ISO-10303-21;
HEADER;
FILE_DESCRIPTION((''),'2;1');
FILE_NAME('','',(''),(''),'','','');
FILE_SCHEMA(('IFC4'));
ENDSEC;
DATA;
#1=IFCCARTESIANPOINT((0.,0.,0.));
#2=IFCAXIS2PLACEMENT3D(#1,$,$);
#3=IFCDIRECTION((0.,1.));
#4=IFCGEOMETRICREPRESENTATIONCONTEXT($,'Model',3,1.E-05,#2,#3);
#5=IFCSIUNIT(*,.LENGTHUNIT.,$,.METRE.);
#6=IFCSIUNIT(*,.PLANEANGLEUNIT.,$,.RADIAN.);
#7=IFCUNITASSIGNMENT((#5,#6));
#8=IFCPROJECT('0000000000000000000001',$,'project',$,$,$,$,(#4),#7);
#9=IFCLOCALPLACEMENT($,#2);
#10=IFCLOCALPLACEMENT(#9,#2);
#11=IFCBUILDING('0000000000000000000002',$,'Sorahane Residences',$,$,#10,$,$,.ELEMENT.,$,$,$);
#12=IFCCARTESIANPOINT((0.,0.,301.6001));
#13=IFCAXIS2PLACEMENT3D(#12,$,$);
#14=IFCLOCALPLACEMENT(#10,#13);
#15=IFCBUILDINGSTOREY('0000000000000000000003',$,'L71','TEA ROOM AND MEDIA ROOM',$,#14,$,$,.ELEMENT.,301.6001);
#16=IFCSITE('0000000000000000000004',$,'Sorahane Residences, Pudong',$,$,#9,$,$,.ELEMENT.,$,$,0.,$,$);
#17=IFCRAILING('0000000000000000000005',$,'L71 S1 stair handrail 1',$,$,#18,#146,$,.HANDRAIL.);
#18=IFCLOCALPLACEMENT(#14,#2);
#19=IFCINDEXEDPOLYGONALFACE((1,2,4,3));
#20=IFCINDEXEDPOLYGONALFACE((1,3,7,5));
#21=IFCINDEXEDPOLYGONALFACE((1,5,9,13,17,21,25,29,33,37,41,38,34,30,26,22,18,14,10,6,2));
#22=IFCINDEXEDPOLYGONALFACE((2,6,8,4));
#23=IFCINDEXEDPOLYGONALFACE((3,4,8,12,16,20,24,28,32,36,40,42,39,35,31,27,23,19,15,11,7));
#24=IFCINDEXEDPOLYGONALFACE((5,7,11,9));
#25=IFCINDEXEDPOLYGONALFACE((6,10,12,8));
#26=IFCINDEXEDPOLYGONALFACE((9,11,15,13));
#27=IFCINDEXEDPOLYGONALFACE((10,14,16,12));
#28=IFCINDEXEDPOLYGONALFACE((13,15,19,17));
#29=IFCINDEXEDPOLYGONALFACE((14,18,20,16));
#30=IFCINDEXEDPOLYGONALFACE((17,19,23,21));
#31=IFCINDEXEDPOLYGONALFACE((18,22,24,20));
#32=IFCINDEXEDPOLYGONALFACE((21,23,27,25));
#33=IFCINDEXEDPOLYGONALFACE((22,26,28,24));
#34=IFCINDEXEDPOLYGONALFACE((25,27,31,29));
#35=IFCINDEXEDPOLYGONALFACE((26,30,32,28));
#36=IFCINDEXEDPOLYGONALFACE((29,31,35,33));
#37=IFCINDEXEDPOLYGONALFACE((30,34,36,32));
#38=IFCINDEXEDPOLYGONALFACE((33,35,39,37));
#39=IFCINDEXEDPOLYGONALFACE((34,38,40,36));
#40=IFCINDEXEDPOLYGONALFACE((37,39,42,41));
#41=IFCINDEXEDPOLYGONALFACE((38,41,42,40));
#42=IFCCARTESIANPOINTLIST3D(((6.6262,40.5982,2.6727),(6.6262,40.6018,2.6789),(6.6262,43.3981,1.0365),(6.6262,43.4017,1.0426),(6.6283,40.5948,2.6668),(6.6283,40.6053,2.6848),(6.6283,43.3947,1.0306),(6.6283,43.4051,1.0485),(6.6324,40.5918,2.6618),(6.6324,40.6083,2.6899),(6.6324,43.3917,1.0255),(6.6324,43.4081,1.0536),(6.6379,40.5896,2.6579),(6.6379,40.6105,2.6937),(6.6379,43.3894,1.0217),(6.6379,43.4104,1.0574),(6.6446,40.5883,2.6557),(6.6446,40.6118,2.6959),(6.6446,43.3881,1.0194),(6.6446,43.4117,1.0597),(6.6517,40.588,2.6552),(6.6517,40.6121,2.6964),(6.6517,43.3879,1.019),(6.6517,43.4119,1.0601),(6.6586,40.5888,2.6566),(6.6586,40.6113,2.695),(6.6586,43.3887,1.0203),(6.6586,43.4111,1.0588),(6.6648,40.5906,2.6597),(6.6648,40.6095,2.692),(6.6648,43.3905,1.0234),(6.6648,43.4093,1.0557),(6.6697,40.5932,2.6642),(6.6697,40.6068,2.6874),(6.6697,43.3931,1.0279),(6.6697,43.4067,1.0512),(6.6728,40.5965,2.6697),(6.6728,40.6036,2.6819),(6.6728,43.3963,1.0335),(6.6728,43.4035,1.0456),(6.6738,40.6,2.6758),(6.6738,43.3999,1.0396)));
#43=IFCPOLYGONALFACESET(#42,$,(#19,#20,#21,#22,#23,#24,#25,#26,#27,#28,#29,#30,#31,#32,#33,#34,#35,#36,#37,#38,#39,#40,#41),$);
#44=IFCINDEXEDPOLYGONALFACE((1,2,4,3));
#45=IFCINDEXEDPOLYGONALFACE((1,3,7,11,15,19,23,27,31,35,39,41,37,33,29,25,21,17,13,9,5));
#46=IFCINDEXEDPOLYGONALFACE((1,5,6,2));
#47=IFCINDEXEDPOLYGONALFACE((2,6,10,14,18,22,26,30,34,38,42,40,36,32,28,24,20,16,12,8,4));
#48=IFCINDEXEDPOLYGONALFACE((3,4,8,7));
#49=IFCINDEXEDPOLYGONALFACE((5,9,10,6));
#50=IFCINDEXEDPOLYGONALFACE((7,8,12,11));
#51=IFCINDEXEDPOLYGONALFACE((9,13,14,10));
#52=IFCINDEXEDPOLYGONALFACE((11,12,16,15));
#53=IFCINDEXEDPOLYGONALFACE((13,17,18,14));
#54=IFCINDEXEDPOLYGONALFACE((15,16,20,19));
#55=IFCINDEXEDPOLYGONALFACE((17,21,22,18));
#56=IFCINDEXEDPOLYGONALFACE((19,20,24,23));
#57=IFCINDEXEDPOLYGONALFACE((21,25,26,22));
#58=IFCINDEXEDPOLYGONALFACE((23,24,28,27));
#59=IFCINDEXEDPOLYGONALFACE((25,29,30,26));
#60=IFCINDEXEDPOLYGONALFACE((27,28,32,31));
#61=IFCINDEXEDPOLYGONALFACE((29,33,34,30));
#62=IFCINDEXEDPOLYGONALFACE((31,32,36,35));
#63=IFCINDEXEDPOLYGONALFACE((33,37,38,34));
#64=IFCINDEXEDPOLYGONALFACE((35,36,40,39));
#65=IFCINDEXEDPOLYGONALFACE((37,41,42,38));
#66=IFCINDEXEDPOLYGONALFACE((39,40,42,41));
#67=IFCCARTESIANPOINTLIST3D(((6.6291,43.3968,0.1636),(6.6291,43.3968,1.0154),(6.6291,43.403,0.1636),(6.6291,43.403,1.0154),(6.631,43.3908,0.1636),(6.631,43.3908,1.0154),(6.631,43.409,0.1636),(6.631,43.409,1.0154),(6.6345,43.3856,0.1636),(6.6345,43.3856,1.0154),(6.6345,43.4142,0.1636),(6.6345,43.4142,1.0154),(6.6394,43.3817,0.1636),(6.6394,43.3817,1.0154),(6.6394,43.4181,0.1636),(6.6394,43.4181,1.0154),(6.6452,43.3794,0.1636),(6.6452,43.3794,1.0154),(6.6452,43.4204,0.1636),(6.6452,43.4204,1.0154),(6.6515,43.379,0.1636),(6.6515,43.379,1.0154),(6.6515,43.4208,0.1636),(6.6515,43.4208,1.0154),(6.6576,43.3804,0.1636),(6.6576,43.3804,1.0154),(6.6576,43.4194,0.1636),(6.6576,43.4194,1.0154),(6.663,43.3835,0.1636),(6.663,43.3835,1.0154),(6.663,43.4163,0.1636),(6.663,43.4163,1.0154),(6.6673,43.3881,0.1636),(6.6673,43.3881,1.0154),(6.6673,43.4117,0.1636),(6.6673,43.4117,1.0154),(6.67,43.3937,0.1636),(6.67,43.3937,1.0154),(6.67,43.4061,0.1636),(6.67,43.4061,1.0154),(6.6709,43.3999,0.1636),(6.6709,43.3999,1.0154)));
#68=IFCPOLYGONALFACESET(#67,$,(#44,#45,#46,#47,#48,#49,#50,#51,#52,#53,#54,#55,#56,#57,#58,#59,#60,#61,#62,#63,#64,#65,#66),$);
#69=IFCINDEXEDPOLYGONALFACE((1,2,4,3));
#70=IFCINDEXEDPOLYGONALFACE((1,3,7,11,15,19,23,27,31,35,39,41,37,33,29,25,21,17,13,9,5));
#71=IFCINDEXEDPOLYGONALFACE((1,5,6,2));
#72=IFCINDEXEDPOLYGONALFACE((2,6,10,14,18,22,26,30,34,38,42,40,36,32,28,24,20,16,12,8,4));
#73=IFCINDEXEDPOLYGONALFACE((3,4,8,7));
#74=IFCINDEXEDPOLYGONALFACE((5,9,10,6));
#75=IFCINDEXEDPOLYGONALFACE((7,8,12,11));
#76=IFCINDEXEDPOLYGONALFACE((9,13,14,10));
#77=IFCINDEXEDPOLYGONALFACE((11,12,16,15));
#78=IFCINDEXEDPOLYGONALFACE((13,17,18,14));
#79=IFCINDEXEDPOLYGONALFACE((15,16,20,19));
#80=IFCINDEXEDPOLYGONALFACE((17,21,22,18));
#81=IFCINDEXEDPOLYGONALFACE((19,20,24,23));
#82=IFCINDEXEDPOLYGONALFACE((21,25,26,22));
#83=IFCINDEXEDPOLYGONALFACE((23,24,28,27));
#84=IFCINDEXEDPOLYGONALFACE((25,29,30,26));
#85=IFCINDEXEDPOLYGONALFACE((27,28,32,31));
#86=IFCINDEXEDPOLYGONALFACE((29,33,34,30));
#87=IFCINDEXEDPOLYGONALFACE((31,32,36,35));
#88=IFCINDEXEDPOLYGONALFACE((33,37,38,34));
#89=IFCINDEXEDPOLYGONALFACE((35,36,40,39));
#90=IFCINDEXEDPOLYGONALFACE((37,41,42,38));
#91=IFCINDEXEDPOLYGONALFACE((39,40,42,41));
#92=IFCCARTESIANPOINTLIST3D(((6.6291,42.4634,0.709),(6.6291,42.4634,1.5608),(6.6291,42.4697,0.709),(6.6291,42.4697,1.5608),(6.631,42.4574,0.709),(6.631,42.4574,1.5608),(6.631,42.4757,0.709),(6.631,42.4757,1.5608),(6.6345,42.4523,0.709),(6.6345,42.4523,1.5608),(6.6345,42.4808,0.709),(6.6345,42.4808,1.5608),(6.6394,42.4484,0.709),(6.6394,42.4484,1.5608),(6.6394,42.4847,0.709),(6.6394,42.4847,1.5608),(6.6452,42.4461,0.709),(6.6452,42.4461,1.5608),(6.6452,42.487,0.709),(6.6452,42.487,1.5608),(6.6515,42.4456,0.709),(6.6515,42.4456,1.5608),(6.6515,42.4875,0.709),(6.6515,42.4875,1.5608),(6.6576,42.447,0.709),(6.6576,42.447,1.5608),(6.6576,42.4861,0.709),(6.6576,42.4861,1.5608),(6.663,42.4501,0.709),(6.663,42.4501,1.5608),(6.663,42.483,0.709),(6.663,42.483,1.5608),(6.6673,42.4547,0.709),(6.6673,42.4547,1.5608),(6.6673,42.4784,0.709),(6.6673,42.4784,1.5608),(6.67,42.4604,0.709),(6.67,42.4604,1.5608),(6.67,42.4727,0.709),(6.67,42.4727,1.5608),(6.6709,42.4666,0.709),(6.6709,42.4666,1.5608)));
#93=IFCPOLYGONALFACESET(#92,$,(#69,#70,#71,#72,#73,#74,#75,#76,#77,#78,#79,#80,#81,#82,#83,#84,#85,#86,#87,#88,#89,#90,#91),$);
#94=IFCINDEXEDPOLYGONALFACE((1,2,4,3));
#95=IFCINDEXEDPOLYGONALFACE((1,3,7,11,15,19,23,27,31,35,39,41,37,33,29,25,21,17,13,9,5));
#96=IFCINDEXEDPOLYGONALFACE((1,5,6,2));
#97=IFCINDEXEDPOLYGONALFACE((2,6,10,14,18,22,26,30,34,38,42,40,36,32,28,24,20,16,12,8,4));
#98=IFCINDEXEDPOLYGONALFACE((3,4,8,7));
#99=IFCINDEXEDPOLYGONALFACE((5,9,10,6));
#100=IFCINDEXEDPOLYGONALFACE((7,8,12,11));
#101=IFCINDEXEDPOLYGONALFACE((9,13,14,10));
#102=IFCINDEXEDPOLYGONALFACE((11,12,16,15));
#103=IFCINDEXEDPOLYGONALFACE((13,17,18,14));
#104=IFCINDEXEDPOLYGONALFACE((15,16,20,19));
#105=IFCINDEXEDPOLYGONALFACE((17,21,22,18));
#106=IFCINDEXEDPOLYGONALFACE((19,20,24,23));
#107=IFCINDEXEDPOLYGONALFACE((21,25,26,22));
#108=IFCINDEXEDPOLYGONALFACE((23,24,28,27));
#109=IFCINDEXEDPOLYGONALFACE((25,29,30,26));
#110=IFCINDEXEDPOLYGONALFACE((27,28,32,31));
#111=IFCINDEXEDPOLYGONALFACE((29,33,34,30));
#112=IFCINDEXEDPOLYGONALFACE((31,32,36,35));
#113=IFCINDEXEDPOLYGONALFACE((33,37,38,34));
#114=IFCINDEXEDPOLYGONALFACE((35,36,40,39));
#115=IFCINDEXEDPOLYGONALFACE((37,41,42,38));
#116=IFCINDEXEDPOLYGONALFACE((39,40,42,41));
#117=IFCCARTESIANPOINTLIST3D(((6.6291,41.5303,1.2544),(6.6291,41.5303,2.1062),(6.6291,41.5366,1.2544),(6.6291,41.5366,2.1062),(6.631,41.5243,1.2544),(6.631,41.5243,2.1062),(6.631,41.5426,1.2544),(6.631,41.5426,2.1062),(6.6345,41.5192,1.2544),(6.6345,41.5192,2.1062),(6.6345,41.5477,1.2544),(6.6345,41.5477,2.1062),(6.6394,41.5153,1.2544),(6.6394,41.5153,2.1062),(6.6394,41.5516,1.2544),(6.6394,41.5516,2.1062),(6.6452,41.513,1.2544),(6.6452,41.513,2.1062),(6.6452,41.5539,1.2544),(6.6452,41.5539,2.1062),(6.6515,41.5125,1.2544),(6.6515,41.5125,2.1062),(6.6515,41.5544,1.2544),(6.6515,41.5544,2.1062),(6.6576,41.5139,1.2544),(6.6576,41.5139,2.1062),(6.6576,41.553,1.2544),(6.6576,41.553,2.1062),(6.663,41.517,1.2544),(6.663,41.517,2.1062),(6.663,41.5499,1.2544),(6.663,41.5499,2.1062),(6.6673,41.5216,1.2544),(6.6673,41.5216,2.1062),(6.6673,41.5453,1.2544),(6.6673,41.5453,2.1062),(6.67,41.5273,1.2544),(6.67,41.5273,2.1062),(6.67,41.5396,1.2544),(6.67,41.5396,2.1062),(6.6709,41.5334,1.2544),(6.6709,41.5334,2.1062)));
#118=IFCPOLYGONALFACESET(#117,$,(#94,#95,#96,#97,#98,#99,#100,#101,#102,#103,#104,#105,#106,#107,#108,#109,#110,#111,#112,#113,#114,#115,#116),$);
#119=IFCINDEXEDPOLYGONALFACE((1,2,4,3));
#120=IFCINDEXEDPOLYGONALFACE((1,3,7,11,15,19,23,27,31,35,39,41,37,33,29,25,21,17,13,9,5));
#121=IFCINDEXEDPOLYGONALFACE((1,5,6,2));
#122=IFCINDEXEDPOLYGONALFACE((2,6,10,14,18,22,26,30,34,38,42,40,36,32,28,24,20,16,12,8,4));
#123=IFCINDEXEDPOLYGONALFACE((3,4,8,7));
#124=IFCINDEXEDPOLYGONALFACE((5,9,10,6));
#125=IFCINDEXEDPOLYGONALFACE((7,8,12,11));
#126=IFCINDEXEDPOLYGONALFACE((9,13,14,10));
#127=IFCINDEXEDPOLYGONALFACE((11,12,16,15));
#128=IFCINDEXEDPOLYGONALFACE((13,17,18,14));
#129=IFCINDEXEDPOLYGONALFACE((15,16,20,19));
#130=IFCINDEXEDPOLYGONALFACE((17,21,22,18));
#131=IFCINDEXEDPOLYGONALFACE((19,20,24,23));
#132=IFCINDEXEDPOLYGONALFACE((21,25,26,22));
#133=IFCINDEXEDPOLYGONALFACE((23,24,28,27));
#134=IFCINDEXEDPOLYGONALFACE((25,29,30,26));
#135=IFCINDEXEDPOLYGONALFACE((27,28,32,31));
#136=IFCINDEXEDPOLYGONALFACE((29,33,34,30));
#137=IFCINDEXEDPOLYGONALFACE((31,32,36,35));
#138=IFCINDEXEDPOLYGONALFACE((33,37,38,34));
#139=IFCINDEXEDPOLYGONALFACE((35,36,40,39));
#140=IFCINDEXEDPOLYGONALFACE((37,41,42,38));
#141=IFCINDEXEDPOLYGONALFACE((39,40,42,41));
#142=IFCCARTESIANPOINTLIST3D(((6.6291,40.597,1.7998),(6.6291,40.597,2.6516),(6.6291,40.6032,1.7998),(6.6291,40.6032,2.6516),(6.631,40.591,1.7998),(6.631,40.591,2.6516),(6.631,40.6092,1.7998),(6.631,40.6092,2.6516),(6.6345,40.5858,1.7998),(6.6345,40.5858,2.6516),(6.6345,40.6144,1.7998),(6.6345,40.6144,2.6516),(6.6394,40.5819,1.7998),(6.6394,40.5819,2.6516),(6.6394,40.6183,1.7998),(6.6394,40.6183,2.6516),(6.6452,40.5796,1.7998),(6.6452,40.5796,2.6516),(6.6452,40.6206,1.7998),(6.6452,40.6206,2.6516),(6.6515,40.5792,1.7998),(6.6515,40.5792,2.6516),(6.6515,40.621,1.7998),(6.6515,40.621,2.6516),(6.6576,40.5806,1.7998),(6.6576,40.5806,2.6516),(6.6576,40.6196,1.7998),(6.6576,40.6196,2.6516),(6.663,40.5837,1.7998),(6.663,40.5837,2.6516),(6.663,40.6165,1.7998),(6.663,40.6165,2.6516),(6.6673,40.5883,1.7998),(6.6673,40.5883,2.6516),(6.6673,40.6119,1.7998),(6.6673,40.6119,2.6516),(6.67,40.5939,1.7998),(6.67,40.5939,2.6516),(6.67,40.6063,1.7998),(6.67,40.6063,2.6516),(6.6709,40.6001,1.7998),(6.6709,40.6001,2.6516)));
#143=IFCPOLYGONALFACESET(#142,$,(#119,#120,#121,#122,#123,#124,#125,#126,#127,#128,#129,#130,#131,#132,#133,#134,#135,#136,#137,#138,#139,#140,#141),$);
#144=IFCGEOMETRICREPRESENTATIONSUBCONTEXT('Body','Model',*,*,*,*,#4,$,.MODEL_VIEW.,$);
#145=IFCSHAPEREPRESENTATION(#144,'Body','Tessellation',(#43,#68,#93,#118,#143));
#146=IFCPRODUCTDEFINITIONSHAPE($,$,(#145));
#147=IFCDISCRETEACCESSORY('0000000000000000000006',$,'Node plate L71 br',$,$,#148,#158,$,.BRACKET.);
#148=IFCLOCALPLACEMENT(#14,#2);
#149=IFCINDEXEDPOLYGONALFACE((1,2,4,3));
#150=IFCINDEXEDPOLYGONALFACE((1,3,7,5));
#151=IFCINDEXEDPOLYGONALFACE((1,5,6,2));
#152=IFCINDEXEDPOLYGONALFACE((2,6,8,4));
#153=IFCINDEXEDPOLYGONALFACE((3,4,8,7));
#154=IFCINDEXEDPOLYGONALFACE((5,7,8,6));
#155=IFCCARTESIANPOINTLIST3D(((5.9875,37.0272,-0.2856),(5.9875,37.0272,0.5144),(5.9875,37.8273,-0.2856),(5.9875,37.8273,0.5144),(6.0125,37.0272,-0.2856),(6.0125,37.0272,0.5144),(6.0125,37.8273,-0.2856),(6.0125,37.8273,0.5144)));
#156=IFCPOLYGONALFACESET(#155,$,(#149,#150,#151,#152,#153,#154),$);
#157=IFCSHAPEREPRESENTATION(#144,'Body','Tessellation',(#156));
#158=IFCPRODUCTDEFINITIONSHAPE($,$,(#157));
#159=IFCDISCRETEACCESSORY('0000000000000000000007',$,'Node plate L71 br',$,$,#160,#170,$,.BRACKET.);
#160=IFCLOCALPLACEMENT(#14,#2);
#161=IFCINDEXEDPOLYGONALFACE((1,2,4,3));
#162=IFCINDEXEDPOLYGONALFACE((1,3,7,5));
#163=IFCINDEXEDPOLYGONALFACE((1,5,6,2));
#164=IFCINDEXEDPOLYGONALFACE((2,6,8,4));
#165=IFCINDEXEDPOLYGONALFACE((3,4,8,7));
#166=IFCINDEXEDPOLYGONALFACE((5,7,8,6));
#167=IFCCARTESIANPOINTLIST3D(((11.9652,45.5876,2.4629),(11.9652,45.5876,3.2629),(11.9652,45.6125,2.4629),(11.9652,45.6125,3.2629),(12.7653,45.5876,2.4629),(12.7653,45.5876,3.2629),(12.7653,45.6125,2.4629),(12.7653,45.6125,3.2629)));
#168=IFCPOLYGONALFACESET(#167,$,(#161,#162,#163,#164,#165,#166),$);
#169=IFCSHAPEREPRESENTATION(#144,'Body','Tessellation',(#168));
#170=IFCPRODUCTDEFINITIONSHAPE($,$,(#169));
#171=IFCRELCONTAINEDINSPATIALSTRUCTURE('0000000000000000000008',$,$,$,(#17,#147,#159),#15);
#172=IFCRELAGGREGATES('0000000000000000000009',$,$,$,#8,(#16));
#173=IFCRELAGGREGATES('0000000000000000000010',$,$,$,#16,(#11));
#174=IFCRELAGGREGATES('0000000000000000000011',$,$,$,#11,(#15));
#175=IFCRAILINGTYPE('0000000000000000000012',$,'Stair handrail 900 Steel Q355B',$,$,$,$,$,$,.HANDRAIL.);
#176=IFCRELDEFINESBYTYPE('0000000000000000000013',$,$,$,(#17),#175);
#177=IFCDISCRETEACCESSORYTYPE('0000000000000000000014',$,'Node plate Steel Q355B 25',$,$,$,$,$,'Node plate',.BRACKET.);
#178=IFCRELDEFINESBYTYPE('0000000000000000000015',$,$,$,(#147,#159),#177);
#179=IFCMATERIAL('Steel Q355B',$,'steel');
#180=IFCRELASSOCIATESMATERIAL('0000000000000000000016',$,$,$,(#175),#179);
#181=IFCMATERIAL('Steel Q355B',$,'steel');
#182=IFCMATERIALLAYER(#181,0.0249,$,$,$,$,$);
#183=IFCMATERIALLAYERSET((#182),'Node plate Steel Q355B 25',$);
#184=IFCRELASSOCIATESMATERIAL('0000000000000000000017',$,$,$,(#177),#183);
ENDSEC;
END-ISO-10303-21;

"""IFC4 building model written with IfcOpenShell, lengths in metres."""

from ifc_helpers import new_model, si_unit, direction, frame, origin, origin_2d, place, context, subcontext, project, spatial, rectangle, circle, extrude, material, layer, layer_set, type_object, element, save


model = new_model("IFC4")

# Units and contexts
model_context = context("Model", 3, precision=1e-05, world=origin(), true_north=direction((0.0, 1.0)))
body_context = subcontext(model_context, "Body", "Model", "MODEL_VIEW")
ifc_project = project(units=[si_unit("LENGTHUNIT", "METRE"), si_unit("PLANEANGLEUNIT", "RADIAN")], contexts=[model_context])

# Site, building, storey
site_placement = place(None, origin())
site = spatial("IfcSite", under=ifc_project, at=site_placement, Name="Sorahane Residences, Pudong", CompositionType="ELEMENT", RefElevation=0.0)
building_placement = place(site_placement, origin())
building = spatial("IfcBuilding", under=site, at=building_placement, Name="Sorahane Residences", CompositionType="ELEMENT")
storey_placement = place(building_placement, frame((0.0, 0.0, 301.6001)))
storey = spatial("IfcBuildingStorey", under=building, at=storey_placement, Name="L71", Description="TEA ROOM AND MEDIA ROOM", CompositionType="ELEMENT", Elevation=301.6001)

# Railing
ifc_material_1 = material(Name="Steel Q355B", Category="steel")
railing_type_1 = type_object("IfcRailingType", Name="Stair handrail 900 Steel Q355B", PredefinedType="HANDRAIL", material=ifc_material_1)
railing_1_placement = place(storey_placement, frame((6.6499, 43.3999, 0.1636)))
element("IfcRailing", 1, at=railing_1_placement, inside=storey, type_object=railing_type_1, Name="L71 S1 stair handrail 1", PredefinedType="HANDRAIL", context=body_context, shape_type="SweptSolid", body=[
    extrude(circle(Radius=0.0239, at=origin_2d()), frame((0.0, 0.0, 0.876), z_axis=(0.0, -0.863374, 0.504564), x_axis=(1.0, 0.0, 0.0)), (0.0, 0.0, 1.0), 3.2429),
    extrude(circle(Radius=0.021, at=origin_2d()), origin(), (0.0, 0.0, 1.0), 0.8518),
    extrude(circle(Radius=0.021, at=origin_2d()), frame((0.0, -0.9333, 0.5454)), (0.0, 0.0, 1.0), 0.8518),
    extrude(circle(Radius=0.021, at=origin_2d()), frame((0.0, -1.8665, 1.0908)), (0.0, 0.0, 1.0), 0.8518),
    extrude(circle(Radius=0.021, at=origin_2d()), frame((0.0, -2.7998, 1.6362)), (0.0, 0.0, 1.0), 0.8518),
])

# Discrete accessories
ifc_material_2 = material(Name="Steel Q355B", Category="steel")
ifc_layer_1 = layer(ifc_material_2, 0.0249)
ifc_layer_set_1 = layer_set([ifc_layer_1], Name="Node plate Steel Q355B 25")
discrete_accessory_type = type_object("IfcDiscreteAccessoryType", Name="Node plate Steel Q355B 25", ElementType="Node plate", PredefinedType="BRACKET", material=ifc_layer_set_1)
for number, where, z_axis, x_axis, name in (
    (2, (6.0, 37.4272, -0.2856), (0.0, 0.0, 1.0), (0.0, 1.0, 0.0), "Node plate L71 br"),
    (3, (12.3652, 45.6001, 2.4629), (0.0, 0.0, 1.0), (1.0, 0.0, 0.0), "Node plate L71 br"),
):
    element("IfcDiscreteAccessory", number, at=place(storey_placement, frame(where, z_axis=z_axis, x_axis=x_axis)), inside=storey, type_object=discrete_accessory_type, Name=name, PredefinedType="BRACKET", context=body_context, shape_type="SweptSolid", body=[
        extrude(rectangle(XDim=0.8, YDim=0.0249, at=origin_2d()), origin(), (0.0, 0.0, 1.0), 0.8),
    ])

save(model, "model.ifc")
